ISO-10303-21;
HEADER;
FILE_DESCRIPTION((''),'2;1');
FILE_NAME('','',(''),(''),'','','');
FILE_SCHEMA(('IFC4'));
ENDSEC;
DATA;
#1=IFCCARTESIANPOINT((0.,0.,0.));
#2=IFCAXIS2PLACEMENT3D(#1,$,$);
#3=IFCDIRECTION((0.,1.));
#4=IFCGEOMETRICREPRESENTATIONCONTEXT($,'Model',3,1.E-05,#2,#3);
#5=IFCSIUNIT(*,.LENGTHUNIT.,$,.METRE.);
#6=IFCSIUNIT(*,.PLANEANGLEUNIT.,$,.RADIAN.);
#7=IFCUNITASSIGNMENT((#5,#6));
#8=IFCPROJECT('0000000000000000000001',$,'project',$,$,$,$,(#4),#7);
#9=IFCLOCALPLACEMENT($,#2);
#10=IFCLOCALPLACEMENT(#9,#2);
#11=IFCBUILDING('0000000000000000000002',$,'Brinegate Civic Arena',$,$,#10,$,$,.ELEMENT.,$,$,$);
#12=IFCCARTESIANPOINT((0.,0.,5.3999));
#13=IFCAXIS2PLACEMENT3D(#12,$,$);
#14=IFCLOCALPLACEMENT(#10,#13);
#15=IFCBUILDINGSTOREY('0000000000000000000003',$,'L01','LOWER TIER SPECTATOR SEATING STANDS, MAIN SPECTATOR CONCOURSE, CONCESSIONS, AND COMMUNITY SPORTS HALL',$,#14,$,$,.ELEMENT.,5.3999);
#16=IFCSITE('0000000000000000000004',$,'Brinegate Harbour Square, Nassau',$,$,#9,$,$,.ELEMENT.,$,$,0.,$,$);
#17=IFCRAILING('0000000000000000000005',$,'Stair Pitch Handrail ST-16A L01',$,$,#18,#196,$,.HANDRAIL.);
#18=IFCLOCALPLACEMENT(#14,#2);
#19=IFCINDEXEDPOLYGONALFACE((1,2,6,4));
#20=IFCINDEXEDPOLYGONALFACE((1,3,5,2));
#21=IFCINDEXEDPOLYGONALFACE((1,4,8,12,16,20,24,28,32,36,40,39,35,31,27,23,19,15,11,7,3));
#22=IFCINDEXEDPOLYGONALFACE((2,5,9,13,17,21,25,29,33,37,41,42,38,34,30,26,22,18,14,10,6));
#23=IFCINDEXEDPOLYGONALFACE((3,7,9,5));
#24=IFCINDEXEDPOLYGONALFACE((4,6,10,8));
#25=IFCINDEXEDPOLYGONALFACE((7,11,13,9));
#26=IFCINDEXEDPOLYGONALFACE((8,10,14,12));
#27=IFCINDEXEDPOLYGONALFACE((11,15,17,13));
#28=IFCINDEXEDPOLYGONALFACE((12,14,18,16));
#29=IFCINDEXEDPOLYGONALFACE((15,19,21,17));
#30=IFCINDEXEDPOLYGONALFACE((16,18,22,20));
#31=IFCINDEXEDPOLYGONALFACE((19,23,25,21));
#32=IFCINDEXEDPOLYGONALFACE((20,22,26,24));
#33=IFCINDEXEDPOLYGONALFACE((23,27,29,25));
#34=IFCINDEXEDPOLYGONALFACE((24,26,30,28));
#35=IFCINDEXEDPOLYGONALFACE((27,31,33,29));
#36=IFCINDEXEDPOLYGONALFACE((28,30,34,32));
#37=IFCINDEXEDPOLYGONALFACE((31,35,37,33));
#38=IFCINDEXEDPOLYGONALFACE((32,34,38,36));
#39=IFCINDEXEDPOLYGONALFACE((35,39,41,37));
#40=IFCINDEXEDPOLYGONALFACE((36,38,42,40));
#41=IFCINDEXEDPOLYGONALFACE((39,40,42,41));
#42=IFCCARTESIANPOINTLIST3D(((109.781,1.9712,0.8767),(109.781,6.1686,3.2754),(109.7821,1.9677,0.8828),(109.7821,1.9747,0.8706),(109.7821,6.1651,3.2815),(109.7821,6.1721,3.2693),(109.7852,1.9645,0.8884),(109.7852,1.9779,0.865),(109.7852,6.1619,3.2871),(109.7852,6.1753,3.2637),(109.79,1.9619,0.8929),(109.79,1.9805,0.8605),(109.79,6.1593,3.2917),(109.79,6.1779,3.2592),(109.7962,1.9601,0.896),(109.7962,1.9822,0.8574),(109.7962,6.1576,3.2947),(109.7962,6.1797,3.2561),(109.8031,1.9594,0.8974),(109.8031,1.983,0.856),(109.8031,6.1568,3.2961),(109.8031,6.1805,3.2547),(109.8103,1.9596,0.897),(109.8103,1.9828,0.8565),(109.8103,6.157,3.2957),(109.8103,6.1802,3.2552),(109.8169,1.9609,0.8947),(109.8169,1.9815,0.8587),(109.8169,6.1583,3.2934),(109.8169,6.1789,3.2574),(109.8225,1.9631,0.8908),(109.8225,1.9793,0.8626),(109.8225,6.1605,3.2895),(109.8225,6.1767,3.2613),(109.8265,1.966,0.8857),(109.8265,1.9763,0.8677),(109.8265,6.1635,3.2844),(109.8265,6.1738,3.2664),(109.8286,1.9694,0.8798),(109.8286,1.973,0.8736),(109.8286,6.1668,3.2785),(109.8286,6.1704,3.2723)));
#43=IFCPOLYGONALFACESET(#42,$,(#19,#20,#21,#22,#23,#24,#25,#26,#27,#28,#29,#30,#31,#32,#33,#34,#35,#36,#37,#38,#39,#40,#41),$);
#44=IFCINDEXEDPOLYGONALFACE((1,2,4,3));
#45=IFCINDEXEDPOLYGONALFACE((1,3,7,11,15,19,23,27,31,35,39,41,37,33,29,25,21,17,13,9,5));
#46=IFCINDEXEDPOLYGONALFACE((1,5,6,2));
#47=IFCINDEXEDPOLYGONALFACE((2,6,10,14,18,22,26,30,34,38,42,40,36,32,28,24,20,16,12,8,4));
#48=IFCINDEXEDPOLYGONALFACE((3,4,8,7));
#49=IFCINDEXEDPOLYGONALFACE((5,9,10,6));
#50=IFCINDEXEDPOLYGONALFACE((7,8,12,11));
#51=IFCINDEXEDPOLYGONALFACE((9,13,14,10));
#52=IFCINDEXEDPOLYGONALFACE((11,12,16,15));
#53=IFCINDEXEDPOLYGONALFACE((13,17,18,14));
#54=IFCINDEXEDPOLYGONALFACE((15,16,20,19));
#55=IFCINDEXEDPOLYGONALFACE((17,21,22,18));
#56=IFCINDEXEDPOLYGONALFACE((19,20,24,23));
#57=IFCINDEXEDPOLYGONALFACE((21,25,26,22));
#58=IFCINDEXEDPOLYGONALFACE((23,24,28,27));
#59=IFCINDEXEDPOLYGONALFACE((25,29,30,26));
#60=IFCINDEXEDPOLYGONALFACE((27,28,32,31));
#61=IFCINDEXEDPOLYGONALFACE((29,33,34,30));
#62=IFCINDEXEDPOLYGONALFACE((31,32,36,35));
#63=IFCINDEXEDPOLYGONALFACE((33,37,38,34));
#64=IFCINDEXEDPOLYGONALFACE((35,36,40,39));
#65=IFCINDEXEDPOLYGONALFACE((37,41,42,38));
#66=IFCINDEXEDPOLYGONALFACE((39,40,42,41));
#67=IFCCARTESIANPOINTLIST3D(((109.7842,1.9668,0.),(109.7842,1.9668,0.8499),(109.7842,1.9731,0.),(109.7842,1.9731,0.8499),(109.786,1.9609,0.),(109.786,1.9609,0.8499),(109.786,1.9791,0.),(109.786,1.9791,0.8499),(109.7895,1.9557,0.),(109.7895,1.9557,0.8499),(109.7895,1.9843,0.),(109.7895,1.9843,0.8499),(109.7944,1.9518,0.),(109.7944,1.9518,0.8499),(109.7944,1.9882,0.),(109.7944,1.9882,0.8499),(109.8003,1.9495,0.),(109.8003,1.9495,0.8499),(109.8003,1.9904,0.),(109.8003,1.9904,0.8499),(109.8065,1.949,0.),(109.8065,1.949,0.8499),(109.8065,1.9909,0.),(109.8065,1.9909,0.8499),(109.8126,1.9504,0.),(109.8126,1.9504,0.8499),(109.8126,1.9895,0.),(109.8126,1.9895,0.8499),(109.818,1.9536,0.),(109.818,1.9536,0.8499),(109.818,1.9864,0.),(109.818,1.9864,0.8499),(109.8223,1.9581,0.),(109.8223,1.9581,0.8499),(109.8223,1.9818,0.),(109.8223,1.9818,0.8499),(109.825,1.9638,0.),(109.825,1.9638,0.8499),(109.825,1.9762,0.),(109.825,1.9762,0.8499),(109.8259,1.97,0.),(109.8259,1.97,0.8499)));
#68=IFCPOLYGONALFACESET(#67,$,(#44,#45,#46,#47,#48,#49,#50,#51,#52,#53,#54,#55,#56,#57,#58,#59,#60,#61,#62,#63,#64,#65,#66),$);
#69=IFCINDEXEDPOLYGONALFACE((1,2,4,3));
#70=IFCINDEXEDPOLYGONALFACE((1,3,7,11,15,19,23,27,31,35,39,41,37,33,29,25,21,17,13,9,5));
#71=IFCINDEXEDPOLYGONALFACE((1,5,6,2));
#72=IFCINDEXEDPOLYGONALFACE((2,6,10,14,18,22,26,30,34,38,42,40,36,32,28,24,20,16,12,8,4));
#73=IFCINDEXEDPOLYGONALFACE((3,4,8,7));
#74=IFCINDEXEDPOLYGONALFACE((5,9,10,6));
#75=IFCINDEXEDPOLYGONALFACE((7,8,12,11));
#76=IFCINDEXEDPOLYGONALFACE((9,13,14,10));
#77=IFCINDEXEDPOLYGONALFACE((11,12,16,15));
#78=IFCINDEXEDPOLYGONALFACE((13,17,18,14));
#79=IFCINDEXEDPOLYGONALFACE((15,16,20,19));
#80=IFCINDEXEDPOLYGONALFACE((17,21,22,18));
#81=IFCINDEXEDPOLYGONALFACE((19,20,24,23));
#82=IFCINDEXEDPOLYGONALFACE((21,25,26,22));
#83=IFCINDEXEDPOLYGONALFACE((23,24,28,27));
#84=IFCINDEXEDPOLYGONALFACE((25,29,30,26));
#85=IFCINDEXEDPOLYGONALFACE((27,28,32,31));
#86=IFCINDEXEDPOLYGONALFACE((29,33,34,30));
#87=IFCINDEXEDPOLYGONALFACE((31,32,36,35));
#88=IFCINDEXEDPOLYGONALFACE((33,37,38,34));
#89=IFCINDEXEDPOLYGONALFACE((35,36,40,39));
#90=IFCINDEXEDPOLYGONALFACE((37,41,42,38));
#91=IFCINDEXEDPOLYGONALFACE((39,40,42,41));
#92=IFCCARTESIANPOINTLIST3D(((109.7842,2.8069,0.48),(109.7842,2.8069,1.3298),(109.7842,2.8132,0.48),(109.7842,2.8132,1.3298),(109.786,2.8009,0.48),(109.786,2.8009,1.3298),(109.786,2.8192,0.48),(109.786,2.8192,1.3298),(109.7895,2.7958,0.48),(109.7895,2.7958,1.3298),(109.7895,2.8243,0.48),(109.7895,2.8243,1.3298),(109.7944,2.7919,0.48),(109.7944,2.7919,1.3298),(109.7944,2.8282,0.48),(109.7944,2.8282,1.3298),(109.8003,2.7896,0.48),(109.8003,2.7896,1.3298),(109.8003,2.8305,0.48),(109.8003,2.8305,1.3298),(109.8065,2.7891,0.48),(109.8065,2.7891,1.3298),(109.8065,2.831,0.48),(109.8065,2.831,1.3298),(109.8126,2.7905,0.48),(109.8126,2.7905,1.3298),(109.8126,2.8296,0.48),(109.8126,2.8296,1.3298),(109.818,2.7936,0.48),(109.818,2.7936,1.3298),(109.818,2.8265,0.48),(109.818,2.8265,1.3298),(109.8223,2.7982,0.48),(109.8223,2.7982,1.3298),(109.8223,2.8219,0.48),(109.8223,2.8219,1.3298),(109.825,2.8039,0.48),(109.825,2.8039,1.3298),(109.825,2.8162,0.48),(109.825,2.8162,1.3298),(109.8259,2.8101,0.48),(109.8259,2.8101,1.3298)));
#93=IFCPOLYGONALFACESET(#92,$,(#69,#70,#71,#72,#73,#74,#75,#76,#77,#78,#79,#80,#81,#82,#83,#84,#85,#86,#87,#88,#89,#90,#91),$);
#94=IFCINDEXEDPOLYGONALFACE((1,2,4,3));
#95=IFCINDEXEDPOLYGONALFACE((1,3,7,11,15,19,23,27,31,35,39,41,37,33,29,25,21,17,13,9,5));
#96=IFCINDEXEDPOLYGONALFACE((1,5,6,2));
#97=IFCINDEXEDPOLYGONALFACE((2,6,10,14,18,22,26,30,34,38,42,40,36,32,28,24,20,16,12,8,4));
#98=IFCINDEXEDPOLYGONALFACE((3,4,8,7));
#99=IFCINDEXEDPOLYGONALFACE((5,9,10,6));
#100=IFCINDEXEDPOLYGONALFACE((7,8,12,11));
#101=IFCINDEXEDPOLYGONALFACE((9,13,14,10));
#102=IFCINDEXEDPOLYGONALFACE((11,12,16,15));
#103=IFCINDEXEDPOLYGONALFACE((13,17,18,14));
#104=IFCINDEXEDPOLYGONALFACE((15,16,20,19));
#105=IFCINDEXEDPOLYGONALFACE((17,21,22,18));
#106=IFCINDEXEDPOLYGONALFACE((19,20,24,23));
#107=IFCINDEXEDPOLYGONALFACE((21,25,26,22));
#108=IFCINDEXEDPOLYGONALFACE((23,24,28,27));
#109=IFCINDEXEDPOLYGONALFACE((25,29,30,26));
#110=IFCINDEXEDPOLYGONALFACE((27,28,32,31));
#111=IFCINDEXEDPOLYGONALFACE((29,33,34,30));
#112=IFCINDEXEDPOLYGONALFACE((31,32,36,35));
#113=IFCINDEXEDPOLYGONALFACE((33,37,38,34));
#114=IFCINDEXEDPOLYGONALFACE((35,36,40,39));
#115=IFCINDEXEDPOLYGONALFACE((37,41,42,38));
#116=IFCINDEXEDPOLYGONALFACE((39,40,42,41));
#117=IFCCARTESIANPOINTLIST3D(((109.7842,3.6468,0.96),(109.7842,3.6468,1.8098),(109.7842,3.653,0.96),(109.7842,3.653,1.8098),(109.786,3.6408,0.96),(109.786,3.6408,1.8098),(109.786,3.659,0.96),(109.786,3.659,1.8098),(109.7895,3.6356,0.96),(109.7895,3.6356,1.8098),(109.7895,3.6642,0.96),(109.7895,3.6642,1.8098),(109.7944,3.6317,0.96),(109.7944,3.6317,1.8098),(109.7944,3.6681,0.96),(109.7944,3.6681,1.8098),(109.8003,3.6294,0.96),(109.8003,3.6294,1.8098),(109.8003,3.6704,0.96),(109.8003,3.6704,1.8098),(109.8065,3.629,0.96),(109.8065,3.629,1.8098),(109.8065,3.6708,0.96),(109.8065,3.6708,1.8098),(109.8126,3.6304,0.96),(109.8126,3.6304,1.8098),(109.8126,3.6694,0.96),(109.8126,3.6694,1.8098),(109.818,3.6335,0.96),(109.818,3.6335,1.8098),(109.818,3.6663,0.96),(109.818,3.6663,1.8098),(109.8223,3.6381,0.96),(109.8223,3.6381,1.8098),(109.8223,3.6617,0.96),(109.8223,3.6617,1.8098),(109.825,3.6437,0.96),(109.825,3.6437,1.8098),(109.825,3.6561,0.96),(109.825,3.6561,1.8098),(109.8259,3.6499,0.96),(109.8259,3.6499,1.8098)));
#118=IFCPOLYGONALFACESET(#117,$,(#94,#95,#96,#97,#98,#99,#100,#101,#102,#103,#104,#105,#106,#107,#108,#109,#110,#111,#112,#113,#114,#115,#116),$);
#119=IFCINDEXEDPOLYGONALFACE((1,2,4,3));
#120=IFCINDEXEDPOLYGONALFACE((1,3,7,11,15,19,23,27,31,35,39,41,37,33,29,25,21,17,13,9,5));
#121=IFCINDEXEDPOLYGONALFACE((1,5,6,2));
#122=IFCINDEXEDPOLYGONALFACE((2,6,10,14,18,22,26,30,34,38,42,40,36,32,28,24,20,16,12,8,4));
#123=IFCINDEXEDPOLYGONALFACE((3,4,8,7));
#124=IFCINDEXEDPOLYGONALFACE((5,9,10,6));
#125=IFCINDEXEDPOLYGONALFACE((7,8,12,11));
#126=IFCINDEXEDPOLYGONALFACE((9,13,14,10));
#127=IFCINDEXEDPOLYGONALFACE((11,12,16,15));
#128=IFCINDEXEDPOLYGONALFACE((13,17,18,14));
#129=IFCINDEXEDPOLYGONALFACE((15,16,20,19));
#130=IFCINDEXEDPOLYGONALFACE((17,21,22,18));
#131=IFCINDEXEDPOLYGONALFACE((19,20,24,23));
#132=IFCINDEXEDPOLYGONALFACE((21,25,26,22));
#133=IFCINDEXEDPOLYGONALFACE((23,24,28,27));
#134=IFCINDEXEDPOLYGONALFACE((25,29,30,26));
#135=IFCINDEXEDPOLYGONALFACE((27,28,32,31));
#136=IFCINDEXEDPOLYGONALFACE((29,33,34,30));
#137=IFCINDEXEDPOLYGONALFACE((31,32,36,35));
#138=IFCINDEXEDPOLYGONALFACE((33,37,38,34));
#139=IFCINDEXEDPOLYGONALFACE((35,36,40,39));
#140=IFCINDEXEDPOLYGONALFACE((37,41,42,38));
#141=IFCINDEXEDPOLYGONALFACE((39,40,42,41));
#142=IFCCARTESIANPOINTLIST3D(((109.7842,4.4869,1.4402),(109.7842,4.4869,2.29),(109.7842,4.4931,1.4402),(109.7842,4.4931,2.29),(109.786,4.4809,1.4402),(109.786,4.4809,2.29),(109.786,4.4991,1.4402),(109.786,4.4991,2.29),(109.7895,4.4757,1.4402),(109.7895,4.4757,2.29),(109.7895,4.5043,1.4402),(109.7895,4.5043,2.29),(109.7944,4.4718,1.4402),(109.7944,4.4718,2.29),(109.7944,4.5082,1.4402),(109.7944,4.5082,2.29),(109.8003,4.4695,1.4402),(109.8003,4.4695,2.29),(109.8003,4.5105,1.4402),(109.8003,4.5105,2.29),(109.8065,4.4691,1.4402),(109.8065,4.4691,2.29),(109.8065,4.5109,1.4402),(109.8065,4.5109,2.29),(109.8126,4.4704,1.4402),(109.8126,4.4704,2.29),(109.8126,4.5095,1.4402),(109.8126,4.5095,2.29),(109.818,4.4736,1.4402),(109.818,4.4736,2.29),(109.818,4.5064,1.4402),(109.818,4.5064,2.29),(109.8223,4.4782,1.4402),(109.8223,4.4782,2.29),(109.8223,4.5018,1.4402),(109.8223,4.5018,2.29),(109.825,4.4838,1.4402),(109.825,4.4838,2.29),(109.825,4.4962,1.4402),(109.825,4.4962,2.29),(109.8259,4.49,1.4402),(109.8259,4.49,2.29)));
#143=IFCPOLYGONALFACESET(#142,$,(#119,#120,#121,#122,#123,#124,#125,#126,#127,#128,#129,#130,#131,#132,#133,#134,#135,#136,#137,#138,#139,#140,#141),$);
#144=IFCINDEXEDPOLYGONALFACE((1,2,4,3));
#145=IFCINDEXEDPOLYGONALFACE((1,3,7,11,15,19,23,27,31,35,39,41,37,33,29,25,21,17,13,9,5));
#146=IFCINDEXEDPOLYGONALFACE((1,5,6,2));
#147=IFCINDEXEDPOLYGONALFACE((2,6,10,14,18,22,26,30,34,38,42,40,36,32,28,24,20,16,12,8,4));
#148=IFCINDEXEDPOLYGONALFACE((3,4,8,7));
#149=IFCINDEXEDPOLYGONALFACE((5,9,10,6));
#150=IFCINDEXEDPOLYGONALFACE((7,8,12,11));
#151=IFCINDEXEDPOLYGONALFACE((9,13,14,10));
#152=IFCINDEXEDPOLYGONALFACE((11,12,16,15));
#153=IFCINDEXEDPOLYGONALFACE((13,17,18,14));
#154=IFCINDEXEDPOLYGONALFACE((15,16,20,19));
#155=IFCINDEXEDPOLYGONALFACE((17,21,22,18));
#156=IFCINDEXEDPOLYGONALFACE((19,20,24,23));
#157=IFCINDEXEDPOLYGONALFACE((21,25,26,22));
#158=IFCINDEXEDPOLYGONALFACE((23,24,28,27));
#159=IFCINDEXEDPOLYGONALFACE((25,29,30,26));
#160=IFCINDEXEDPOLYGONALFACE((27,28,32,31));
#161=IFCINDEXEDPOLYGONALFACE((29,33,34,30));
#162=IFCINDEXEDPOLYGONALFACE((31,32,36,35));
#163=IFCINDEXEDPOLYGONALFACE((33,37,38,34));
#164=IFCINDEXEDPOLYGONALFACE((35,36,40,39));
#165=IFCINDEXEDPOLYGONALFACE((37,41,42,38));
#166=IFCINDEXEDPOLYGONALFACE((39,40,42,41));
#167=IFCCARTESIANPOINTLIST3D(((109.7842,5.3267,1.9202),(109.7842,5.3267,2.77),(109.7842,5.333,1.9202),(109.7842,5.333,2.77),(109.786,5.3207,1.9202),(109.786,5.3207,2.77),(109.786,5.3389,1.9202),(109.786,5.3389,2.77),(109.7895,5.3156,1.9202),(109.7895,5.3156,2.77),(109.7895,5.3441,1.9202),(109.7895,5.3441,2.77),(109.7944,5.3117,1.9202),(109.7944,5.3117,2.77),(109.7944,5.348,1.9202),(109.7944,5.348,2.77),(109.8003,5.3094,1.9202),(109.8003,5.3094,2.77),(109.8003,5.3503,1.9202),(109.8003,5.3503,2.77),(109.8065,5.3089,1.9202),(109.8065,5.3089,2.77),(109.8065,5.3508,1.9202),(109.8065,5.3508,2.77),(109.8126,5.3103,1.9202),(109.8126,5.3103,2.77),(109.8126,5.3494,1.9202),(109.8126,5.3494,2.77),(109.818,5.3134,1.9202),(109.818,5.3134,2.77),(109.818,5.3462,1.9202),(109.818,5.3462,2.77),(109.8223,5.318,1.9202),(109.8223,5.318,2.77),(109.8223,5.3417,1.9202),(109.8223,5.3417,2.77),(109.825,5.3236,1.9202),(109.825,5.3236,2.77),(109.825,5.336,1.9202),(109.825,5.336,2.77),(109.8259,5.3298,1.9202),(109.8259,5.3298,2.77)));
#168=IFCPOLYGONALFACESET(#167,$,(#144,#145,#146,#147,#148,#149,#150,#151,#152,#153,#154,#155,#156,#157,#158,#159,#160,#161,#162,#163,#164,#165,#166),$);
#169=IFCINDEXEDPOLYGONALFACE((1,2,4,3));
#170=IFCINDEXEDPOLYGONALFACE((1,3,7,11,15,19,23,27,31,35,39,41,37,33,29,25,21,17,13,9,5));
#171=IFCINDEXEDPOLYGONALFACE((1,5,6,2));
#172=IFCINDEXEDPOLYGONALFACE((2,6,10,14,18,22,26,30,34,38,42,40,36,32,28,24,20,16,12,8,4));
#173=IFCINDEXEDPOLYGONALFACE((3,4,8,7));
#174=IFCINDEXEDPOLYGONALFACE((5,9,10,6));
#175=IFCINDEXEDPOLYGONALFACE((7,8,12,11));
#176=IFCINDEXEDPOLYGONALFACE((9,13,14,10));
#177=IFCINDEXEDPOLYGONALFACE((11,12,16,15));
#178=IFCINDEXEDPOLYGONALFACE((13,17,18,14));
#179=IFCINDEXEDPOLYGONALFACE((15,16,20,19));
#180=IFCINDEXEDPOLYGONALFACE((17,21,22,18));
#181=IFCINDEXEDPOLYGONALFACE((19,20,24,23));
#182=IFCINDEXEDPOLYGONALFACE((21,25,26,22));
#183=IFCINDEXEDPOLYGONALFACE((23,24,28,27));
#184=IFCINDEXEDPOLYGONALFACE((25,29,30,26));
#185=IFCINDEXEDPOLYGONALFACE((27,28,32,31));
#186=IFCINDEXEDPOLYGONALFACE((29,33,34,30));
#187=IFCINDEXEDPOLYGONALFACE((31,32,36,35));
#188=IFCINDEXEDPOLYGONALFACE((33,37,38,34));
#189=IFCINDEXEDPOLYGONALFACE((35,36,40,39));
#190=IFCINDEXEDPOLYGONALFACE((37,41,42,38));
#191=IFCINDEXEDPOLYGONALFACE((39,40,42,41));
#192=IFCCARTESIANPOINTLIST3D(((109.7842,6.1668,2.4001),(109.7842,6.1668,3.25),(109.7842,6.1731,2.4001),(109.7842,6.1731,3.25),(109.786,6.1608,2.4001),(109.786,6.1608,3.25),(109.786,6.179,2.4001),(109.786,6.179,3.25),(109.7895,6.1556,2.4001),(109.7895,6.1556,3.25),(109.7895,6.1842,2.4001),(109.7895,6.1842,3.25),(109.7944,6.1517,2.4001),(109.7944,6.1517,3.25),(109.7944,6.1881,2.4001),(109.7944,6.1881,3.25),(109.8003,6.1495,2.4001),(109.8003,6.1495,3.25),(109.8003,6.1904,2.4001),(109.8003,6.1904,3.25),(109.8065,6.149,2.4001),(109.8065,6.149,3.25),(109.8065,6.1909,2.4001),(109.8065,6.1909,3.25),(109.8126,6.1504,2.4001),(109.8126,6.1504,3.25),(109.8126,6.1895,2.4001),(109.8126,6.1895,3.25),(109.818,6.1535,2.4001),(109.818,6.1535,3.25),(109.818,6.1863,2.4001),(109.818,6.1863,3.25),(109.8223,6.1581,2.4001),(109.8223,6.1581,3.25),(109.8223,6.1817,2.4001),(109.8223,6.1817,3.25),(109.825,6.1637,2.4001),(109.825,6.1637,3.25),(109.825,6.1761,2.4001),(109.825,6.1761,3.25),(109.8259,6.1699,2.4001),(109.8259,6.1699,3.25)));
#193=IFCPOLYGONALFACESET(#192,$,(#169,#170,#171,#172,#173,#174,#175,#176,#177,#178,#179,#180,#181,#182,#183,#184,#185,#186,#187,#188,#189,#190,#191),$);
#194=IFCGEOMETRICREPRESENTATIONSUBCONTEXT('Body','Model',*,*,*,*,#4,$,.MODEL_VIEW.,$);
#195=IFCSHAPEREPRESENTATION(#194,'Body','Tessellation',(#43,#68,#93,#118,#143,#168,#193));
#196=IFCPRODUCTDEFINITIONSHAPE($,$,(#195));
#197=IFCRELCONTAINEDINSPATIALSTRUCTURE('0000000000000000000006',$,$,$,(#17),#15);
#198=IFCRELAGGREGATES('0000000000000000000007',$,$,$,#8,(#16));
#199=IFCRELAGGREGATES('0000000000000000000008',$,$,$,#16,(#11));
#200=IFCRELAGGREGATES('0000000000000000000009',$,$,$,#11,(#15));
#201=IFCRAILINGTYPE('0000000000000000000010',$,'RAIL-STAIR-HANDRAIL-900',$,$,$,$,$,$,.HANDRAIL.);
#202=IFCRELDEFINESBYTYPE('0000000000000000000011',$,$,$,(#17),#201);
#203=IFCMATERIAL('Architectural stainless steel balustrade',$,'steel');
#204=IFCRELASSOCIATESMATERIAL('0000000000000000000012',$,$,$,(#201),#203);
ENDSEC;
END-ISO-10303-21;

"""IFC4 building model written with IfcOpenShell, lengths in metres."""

from ifc_helpers import new_model, si_unit, direction, frame, origin, origin_2d, place, context, subcontext, project, spatial, circle, extrude, material, type_object, element, save


model = new_model("IFC4")

# Units and contexts
model_context = context("Model", 3, precision=1e-05, world=origin(), true_north=direction((0.0, 1.0)))
body_context = subcontext(model_context, "Body", "Model", "MODEL_VIEW")
ifc_project = project(units=[si_unit("LENGTHUNIT", "METRE"), si_unit("PLANEANGLEUNIT", "RADIAN")], contexts=[model_context])

# Site, building, storey
site_placement = place(None, origin())
site = spatial("IfcSite", under=ifc_project, at=site_placement, Name="Brinegate Harbour Square, Nassau", CompositionType="ELEMENT", RefElevation=0.0)
building_placement = place(site_placement, origin())
building = spatial("IfcBuilding", under=site, at=building_placement, Name="Brinegate Civic Arena", CompositionType="ELEMENT")
storey_placement = place(building_placement, frame((0.0, 0.0, 5.3999)))
storey = spatial("IfcBuildingStorey", under=building, at=storey_placement, Name="L01", Description="LOWER TIER SPECTATOR SEATING STANDS, MAIN SPECTATOR CONCOURSE, CONCESSIONS, AND COMMUNITY SPORTS HALL", CompositionType="ELEMENT", Elevation=5.3999)

# Railing
ifc_material_1 = material(Name="Architectural stainless steel balustrade", Category="steel")
railing_type_1 = type_object("IfcRailingType", Name="RAIL-STAIR-HANDRAIL-900", PredefinedType="HANDRAIL", material=ifc_material_1)
for number, where, name in (
    (1, (109.8049, 1.97, 0.0), "Stair Pitch Handrail ST-16A L01"),
):
    element("IfcRailing", number, at=place(storey_placement, frame(where)), inside=storey, type_object=railing_type_1, Name=name, PredefinedType="HANDRAIL", context=body_context, shape_type="SweptSolid", body=[
        extrude(circle(Radius=0.0239, at=origin_2d()), frame((0.0, 0.0012, 0.8767), z_axis=(0.0, 0.868228, 0.496166), x_axis=(-1.0, 0.0, 0.0)), (0.0, 0.0, 1.0), 4.8345),
        extrude(circle(Radius=0.021, at=origin_2d()), origin(), (0.0, 0.0, 1.0), 0.8499),
        extrude(circle(Radius=0.021, at=origin_2d()), frame((0.0, 0.8401, 0.48)), (0.0, 0.0, 1.0), 0.8499),
        extrude(circle(Radius=0.021, at=origin_2d()), frame((0.0, 1.6799, 0.96)), (0.0, 0.0, 1.0), 0.8499),
        extrude(circle(Radius=0.021, at=origin_2d()), frame((0.0, 2.52, 1.4402)), (0.0, 0.0, 1.0), 0.8499),
        extrude(circle(Radius=0.021, at=origin_2d()), frame((0.0, 3.3599, 1.9202)), (0.0, 0.0, 1.0), 0.8499),
        extrude(circle(Radius=0.021, at=origin_2d()), frame((0.0, 4.2, 2.4001)), (0.0, 0.0, 1.0), 0.8499),
    ])

save(model, "model.ifc")
